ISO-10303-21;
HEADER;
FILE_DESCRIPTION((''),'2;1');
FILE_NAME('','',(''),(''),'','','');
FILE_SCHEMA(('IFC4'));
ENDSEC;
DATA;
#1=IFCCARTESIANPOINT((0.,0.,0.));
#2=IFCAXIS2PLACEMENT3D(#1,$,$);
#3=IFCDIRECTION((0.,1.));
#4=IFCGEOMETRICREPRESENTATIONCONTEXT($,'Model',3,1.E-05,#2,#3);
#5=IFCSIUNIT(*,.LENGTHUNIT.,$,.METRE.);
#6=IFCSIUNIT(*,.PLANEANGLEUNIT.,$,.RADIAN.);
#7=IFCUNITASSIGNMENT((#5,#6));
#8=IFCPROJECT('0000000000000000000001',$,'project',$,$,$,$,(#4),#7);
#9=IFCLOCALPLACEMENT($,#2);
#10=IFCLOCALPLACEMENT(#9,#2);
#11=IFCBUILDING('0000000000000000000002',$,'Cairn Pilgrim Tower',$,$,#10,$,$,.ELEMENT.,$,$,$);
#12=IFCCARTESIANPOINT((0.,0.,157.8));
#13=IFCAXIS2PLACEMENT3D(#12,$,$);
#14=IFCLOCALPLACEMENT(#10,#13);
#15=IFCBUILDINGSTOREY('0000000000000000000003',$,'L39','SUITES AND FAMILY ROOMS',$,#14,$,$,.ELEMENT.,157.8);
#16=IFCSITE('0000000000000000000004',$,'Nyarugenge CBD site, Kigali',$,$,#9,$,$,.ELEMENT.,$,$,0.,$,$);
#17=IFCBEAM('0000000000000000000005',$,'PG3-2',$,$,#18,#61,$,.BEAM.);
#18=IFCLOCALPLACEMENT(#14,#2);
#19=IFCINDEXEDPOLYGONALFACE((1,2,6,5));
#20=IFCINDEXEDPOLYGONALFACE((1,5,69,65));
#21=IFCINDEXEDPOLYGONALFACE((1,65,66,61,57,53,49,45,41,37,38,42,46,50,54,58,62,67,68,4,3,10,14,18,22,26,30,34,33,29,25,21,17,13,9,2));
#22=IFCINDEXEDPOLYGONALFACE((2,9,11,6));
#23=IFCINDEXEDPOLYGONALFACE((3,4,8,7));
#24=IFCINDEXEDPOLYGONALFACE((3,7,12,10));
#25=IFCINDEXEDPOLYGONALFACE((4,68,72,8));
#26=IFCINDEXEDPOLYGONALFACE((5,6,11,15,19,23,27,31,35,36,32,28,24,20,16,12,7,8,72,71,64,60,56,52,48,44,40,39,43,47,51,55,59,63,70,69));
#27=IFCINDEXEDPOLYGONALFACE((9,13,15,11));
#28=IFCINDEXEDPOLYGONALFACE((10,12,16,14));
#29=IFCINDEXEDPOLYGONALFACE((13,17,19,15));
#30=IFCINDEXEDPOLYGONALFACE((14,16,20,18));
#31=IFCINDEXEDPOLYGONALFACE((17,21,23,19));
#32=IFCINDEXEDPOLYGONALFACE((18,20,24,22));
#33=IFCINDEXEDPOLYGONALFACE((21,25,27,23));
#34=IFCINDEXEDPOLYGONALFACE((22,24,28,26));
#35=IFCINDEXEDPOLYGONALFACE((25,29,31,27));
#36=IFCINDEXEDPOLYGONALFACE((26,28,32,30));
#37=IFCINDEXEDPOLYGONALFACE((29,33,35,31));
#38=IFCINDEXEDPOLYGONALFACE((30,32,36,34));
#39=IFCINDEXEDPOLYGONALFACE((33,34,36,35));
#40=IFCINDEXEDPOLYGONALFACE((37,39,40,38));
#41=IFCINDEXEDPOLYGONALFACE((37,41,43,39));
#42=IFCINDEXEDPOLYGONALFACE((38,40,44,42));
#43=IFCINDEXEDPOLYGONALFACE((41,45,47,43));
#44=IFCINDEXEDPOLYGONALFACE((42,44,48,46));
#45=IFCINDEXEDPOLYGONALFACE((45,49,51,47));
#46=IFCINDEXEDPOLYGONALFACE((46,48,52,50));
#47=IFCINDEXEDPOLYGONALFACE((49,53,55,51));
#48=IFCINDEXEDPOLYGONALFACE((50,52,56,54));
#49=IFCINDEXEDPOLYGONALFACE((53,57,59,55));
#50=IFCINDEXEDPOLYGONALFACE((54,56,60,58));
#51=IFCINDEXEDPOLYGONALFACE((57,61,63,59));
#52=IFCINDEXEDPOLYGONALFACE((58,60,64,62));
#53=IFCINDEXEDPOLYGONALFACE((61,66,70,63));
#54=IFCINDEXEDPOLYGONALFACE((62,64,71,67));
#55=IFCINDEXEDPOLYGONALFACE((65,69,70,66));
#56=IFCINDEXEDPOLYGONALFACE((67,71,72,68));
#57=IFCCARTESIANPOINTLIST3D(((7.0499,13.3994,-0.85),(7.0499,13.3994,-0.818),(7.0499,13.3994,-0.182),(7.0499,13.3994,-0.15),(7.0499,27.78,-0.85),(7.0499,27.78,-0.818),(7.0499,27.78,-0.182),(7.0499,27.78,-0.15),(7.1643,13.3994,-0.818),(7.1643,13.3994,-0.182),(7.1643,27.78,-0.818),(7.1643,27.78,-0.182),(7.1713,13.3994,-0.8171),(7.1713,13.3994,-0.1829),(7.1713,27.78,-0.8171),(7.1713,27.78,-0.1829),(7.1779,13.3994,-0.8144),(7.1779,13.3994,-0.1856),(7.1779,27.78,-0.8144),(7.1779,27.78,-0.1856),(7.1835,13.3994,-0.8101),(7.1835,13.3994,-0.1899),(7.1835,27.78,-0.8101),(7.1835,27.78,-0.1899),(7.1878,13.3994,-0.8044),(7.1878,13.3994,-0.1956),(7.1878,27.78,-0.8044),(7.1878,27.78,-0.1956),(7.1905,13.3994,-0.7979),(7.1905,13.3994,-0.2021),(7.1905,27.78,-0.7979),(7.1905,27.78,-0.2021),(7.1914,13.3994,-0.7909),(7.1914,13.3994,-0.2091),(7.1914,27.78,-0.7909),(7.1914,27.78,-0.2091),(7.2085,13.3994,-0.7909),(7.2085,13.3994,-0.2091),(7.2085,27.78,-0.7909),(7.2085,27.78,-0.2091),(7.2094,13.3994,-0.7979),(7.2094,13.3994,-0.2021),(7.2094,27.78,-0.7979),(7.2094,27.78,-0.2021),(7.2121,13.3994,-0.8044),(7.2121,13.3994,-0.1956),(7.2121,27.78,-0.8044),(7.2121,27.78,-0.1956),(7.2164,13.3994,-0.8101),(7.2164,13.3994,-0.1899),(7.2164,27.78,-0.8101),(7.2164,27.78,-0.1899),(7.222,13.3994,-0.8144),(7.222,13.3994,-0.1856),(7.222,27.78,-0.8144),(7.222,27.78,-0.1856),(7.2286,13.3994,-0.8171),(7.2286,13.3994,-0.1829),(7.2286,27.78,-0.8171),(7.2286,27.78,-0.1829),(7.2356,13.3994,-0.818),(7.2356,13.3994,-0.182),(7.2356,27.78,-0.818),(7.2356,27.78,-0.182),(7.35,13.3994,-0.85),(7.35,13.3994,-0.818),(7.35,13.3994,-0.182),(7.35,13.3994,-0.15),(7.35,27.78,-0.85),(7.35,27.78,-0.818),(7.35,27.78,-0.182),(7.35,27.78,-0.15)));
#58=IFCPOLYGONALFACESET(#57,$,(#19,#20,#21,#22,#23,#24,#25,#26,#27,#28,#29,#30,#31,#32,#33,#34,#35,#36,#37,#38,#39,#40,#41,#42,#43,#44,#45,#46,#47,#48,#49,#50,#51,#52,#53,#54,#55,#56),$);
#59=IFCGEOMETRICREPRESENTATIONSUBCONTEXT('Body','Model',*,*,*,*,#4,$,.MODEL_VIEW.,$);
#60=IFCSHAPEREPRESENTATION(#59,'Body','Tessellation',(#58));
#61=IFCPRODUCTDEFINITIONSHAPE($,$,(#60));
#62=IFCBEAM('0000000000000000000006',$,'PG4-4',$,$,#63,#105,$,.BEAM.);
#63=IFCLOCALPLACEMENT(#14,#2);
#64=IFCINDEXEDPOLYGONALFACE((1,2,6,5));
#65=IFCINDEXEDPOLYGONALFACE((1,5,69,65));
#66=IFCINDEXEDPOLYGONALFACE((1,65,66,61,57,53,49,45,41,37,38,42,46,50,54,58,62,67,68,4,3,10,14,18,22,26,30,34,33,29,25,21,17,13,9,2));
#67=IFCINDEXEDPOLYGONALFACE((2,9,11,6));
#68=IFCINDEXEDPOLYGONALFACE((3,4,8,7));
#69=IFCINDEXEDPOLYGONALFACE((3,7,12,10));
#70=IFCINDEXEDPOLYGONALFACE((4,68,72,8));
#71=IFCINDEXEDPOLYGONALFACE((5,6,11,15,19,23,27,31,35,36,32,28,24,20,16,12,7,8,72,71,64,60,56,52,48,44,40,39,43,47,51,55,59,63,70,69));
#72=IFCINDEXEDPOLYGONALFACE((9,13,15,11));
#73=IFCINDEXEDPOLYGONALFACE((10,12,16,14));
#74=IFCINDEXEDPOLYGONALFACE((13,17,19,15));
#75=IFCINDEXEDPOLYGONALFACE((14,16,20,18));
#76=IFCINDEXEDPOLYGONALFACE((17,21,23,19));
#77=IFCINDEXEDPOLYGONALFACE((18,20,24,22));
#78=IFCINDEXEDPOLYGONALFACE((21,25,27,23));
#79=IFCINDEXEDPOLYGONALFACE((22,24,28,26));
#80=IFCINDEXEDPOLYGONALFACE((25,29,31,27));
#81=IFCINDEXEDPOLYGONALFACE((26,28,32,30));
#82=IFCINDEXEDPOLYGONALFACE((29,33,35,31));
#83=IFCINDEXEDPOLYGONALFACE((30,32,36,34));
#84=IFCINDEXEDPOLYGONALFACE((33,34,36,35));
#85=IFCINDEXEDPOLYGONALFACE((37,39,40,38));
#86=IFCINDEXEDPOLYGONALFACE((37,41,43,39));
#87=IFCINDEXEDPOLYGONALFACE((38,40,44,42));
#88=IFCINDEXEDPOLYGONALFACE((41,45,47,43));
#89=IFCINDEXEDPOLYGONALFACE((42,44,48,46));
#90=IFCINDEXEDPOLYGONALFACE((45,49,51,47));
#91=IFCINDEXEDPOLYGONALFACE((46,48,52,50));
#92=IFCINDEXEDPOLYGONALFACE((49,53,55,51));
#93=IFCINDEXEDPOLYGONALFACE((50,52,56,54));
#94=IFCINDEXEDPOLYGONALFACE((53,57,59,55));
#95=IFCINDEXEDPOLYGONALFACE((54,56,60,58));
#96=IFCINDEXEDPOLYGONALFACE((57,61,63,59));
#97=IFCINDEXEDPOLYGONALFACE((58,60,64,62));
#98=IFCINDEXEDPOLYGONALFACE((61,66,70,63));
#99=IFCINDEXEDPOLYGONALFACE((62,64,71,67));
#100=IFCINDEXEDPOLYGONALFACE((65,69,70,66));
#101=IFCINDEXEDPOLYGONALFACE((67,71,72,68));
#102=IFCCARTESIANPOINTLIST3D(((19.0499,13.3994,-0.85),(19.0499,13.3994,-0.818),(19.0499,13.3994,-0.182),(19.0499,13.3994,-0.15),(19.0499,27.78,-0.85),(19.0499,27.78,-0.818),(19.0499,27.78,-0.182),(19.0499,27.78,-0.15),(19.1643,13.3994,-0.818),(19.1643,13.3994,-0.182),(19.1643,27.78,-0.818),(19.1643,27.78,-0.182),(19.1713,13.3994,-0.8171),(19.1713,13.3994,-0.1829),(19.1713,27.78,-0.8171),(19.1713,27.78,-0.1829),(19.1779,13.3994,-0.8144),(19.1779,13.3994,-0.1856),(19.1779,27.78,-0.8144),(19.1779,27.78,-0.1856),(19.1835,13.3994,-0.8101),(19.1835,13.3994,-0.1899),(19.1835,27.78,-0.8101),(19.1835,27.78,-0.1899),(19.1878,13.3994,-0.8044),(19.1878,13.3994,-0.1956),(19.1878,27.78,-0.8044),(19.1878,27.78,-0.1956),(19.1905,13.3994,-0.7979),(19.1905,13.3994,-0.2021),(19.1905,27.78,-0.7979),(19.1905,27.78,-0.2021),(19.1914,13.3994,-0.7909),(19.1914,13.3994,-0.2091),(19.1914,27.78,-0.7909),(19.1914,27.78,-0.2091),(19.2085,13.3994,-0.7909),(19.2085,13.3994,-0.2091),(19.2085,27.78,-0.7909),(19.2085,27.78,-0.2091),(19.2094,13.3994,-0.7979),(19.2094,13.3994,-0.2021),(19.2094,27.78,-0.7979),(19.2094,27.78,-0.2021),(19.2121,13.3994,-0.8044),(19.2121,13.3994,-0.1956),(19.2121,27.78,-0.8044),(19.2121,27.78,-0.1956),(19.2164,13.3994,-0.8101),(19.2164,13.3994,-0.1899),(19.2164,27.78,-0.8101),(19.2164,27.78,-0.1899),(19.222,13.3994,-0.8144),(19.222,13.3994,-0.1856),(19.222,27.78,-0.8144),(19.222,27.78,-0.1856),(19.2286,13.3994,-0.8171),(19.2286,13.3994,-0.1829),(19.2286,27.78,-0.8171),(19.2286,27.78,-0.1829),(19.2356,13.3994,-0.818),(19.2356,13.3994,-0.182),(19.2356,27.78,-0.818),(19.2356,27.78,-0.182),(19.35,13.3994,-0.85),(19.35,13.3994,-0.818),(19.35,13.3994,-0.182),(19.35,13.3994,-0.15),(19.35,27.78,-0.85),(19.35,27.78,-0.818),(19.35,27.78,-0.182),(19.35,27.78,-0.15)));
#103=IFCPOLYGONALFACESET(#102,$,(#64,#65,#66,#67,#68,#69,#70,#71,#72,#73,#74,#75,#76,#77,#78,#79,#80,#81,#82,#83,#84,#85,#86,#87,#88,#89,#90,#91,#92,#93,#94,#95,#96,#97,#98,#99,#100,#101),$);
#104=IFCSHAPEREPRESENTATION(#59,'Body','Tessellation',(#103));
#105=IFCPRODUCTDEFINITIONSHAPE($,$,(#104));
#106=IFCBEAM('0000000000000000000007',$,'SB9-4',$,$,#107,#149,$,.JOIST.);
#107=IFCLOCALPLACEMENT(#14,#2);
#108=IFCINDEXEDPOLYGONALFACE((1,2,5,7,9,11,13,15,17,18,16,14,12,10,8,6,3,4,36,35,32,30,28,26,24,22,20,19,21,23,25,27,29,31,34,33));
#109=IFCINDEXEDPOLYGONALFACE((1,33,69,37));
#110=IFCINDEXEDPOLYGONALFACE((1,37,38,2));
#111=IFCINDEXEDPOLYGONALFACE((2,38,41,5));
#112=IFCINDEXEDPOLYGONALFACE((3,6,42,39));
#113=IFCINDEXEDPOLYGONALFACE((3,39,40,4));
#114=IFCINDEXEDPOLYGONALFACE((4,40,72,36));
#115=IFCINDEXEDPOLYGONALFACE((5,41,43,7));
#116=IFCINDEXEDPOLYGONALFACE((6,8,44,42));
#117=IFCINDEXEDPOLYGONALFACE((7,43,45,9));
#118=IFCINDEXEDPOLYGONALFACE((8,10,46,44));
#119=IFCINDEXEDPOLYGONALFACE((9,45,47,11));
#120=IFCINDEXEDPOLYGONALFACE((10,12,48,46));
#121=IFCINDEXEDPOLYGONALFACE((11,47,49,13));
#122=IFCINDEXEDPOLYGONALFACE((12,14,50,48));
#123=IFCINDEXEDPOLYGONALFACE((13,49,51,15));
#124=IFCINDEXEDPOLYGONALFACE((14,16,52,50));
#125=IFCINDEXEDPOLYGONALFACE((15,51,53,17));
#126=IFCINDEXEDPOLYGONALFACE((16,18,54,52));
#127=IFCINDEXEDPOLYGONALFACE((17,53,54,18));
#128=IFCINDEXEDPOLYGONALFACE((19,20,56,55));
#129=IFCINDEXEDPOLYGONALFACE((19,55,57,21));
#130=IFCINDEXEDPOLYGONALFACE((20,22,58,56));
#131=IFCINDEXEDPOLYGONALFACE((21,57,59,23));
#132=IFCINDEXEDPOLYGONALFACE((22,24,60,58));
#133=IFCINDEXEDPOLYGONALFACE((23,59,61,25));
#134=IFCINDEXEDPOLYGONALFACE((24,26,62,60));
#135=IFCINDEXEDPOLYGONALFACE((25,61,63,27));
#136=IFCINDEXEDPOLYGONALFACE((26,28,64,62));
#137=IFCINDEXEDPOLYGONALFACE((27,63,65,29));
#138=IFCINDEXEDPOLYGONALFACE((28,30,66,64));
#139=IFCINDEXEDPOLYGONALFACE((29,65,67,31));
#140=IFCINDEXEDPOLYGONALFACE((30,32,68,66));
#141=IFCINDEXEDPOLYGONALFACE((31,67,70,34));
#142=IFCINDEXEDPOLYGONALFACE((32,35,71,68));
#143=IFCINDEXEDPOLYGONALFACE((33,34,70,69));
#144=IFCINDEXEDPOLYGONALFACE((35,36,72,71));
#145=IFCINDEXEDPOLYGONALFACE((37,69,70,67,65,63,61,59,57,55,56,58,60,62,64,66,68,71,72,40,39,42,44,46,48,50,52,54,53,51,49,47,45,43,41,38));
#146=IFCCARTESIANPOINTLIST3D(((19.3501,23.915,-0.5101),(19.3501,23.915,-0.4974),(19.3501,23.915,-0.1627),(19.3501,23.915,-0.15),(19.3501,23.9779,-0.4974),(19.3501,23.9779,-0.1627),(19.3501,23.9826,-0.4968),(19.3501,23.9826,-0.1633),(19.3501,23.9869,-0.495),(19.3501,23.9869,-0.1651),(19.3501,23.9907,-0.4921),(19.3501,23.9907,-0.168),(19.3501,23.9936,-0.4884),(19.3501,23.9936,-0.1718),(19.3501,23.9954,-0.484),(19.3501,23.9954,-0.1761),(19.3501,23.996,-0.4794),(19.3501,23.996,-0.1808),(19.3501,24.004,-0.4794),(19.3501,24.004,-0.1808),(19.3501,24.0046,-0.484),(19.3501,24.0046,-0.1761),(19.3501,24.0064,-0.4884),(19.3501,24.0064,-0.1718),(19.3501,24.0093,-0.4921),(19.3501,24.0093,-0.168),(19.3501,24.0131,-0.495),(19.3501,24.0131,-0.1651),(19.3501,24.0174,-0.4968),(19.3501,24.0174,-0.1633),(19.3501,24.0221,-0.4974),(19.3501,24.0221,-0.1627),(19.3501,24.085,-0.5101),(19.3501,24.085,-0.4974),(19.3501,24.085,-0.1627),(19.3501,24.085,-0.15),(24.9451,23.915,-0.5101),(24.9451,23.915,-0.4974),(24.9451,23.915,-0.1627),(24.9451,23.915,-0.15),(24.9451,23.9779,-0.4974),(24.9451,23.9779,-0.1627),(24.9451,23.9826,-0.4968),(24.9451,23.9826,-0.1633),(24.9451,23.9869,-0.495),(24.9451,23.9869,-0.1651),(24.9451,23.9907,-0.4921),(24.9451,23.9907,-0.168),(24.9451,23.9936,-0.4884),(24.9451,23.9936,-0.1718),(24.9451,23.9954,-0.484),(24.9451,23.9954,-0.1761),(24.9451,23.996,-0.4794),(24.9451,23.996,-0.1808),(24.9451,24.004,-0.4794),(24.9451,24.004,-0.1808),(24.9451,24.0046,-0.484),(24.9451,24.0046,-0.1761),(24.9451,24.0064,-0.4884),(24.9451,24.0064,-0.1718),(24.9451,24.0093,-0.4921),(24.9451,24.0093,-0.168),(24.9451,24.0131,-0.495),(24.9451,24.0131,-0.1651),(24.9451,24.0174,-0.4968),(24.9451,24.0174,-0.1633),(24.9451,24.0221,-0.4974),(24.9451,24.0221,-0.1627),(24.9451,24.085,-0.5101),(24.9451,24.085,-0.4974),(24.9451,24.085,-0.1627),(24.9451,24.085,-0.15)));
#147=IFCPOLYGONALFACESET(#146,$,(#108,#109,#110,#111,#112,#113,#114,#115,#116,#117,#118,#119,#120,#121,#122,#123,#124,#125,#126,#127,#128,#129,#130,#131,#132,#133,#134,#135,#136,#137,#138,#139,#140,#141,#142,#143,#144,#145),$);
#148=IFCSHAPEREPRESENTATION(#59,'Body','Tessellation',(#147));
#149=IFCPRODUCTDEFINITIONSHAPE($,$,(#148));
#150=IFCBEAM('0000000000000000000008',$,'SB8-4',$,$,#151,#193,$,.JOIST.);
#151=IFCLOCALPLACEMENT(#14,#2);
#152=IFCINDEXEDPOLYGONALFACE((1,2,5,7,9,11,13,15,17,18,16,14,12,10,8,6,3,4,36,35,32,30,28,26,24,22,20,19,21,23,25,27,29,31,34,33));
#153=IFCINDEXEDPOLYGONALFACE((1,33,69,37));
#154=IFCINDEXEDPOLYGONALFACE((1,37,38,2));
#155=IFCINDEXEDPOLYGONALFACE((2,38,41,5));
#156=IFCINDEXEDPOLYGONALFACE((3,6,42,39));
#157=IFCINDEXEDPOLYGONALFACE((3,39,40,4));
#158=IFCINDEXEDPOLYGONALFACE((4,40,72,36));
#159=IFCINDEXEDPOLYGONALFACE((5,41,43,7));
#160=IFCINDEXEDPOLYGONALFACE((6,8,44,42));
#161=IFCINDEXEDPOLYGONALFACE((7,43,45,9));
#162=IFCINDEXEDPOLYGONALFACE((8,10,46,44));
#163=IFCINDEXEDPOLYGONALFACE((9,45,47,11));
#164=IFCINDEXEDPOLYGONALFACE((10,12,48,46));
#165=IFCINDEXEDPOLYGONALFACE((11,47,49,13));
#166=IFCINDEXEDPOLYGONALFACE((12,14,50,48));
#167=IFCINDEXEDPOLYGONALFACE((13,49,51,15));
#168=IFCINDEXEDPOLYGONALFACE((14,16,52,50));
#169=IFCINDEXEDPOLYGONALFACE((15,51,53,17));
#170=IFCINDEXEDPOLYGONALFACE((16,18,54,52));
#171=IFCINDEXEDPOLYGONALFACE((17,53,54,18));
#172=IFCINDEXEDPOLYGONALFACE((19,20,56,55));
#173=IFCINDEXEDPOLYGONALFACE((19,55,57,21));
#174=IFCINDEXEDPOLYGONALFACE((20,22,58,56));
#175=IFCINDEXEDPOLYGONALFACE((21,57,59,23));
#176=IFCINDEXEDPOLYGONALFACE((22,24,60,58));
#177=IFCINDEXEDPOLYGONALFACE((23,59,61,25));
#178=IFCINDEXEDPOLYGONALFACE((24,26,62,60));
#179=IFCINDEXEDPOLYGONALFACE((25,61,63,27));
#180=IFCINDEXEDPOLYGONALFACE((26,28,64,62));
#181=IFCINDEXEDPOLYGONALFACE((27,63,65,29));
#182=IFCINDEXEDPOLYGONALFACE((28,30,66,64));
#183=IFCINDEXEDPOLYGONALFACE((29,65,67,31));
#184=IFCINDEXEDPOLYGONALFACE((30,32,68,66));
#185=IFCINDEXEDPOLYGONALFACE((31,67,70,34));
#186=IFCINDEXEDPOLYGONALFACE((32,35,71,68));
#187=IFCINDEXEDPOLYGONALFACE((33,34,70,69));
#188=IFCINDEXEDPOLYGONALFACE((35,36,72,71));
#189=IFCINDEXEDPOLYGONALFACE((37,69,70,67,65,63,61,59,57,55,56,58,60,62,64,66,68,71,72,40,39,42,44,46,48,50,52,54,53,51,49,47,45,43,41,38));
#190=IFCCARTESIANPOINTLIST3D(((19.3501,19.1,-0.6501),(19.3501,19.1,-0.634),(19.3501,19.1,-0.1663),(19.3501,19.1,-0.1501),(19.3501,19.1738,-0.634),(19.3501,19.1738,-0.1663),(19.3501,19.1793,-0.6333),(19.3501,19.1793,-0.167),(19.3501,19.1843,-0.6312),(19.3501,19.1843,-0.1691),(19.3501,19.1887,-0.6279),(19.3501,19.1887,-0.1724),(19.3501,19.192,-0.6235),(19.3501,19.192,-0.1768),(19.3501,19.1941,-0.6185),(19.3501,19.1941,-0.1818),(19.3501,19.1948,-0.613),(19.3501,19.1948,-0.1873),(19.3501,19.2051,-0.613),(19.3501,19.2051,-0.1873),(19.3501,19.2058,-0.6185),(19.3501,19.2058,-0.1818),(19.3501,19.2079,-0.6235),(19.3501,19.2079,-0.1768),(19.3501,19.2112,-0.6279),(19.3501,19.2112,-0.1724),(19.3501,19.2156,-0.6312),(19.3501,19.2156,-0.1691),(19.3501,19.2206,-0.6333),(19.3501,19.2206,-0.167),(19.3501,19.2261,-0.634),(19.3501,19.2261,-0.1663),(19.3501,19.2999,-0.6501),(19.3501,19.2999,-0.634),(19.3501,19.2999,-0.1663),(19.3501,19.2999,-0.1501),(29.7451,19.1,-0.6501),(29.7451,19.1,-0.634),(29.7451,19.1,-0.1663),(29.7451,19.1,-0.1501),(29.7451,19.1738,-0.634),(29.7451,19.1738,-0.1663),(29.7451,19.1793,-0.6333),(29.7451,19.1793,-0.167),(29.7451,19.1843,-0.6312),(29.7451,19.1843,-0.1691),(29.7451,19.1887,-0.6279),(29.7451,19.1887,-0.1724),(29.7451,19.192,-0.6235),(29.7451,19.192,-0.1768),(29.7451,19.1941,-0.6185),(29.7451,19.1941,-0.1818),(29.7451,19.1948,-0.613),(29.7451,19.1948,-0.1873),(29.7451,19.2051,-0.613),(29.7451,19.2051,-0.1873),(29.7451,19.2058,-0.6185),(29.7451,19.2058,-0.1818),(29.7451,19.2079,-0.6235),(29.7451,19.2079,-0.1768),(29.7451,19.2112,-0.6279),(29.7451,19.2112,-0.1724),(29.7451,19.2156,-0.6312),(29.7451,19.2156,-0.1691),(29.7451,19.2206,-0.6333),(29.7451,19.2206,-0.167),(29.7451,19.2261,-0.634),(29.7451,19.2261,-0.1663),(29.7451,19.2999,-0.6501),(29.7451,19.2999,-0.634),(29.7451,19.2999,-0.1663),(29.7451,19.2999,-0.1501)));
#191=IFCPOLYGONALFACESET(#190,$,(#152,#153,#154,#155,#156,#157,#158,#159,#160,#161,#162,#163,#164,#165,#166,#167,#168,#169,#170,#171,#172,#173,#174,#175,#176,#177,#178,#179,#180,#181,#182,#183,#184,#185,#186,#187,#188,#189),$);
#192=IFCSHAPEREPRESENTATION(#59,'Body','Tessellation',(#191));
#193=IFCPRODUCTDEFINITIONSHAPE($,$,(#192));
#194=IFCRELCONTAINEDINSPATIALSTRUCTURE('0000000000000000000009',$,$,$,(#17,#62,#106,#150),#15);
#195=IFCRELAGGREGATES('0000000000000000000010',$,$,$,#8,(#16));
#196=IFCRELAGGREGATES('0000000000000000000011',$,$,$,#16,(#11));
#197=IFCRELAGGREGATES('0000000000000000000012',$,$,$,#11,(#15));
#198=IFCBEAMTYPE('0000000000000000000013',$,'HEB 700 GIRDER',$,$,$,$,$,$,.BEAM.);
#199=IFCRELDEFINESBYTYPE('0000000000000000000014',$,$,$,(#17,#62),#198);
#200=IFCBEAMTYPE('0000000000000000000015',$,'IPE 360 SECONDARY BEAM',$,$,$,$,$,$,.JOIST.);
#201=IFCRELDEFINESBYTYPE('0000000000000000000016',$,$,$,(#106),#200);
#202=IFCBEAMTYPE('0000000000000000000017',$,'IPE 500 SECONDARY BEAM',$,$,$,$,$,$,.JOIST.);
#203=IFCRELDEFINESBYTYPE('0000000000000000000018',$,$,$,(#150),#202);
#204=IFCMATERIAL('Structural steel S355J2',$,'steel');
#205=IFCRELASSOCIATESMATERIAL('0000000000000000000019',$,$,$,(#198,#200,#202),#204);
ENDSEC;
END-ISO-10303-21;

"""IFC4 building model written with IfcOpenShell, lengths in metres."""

from ifc_helpers import new_model, si_unit, direction, frame, origin, origin_2d, place, context, subcontext, project, spatial, i_section, extrude, material, material_profile, profile_set, type_object, element, save


model = new_model("IFC4")

# Units and contexts
model_context = context("Model", 3, precision=1e-05, world=origin(), true_north=direction((0.0, 1.0)))
body_context = subcontext(model_context, "Body", "Model", "MODEL_VIEW")
ifc_project = project(units=[si_unit("LENGTHUNIT", "METRE"), si_unit("PLANEANGLEUNIT", "RADIAN")], contexts=[model_context])

# Site, building, storey
site_placement = place(None, origin())
site = spatial("IfcSite", under=ifc_project, at=site_placement, Name="Nyarugenge CBD site, Kigali", CompositionType="ELEMENT", RefElevation=0.0)
building_placement = place(site_placement, origin())
building = spatial("IfcBuilding", under=site, at=building_placement, Name="Cairn Pilgrim Tower", CompositionType="ELEMENT")
storey_placement = place(building_placement, frame((0.0, 0.0, 157.8)))
storey = spatial("IfcBuildingStorey", under=building, at=storey_placement, Name="L39", Description="SUITES AND FAMILY ROOMS", CompositionType="ELEMENT", Elevation=157.8)

# Beams
ifc_material_1 = material(Name="Structural steel S355J2", Category="steel")
ifc_material_profile_1 = material_profile(ifc_material_1, i_section(OverallWidth=0.3, OverallDepth=0.7, WebThickness=0.0171, FlangeThickness=0.032, FilletRadius=0.0271, at=origin_2d()), Name="HEB 700")
ifc_profile_set_1 = profile_set([ifc_material_profile_1], Name="Structural steel S355J2")
beam_type_1 = type_object("IfcBeamType", Name="HEB 700 GIRDER", PredefinedType="BEAM", material=ifc_profile_set_1)
for number, where, z_axis, x_axis, name in (
    (1, (7.2, 13.3994, -0.5), (0.0, 1.0, 0.0), (-1.0, 0.0, 0.0), "PG3-2"),
    (2, (19.2, 13.3994, -0.5), (0.0, 1.0, 0.0), (-1.0, 0.0, 0.0), "PG4-4"),
):
    element("IfcBeam", number, at=place(storey_placement, frame(where, z_axis=z_axis, x_axis=x_axis)), inside=storey, type_object=beam_type_1, Name=name, PredefinedType="BEAM", context=body_context, shape_type="SweptSolid", body=[
        extrude(i_section(OverallWidth=0.3, OverallDepth=0.7, WebThickness=0.0171, FlangeThickness=0.032, FilletRadius=0.0271, at=origin_2d()), origin(), (0.0, 0.0, 1.0), 14.3806),
    ])
ifc_material_profile_2 = material_profile(ifc_material_1, i_section(OverallWidth=0.1699, OverallDepth=0.3601, WebThickness=0.0081, FlangeThickness=0.0127, FilletRadius=0.0181, at=origin_2d()), Name="IPE 360")
ifc_profile_set_2 = profile_set([ifc_material_profile_2], Name="Structural steel S355J2")
beam_type_2 = type_object("IfcBeamType", Name="IPE 360 SECONDARY BEAM", PredefinedType="JOIST", material=ifc_profile_set_2)
beam_1_placement = place(storey_placement, frame((19.3501, 24.0, -0.3301), z_axis=(1.0, 0.0, 0.0), x_axis=(0.0, 1.0, 0.0)))
element("IfcBeam", 3, at=beam_1_placement, inside=storey, type_object=beam_type_2, Name="SB9-4", PredefinedType="JOIST", context=body_context, shape_type="SweptSolid", body=[
    extrude(i_section(OverallWidth=0.1699, OverallDepth=0.3601, WebThickness=0.0081, FlangeThickness=0.0127, FilletRadius=0.0181, at=origin_2d()), origin(), (0.0, 0.0, 1.0), 5.595),
])
ifc_material_profile_3 = material_profile(ifc_material_1, i_section(OverallWidth=0.2, OverallDepth=0.5, WebThickness=0.0103, FlangeThickness=0.0161, FilletRadius=0.021, at=origin_2d()), Name="IPE 500")
ifc_profile_set_3 = profile_set([ifc_material_profile_3], Name="Structural steel S355J2")
beam_type_3 = type_object("IfcBeamType", Name="IPE 500 SECONDARY BEAM", PredefinedType="JOIST", material=ifc_profile_set_3)
beam_2_placement = place(storey_placement, frame((19.3501, 19.2, -0.4001), z_axis=(1.0, 0.0, 0.0), x_axis=(0.0, 1.0, 0.0)))
element("IfcBeam", 4, at=beam_2_placement, inside=storey, type_object=beam_type_3, Name="SB8-4", PredefinedType="JOIST", context=body_context, shape_type="SweptSolid", body=[
    extrude(i_section(OverallWidth=0.2, OverallDepth=0.5, WebThickness=0.0103, FlangeThickness=0.0161, FilletRadius=0.021, at=origin_2d()), origin(), (0.0, 0.0, 1.0), 10.395),
])

save(model, "model.ifc")
